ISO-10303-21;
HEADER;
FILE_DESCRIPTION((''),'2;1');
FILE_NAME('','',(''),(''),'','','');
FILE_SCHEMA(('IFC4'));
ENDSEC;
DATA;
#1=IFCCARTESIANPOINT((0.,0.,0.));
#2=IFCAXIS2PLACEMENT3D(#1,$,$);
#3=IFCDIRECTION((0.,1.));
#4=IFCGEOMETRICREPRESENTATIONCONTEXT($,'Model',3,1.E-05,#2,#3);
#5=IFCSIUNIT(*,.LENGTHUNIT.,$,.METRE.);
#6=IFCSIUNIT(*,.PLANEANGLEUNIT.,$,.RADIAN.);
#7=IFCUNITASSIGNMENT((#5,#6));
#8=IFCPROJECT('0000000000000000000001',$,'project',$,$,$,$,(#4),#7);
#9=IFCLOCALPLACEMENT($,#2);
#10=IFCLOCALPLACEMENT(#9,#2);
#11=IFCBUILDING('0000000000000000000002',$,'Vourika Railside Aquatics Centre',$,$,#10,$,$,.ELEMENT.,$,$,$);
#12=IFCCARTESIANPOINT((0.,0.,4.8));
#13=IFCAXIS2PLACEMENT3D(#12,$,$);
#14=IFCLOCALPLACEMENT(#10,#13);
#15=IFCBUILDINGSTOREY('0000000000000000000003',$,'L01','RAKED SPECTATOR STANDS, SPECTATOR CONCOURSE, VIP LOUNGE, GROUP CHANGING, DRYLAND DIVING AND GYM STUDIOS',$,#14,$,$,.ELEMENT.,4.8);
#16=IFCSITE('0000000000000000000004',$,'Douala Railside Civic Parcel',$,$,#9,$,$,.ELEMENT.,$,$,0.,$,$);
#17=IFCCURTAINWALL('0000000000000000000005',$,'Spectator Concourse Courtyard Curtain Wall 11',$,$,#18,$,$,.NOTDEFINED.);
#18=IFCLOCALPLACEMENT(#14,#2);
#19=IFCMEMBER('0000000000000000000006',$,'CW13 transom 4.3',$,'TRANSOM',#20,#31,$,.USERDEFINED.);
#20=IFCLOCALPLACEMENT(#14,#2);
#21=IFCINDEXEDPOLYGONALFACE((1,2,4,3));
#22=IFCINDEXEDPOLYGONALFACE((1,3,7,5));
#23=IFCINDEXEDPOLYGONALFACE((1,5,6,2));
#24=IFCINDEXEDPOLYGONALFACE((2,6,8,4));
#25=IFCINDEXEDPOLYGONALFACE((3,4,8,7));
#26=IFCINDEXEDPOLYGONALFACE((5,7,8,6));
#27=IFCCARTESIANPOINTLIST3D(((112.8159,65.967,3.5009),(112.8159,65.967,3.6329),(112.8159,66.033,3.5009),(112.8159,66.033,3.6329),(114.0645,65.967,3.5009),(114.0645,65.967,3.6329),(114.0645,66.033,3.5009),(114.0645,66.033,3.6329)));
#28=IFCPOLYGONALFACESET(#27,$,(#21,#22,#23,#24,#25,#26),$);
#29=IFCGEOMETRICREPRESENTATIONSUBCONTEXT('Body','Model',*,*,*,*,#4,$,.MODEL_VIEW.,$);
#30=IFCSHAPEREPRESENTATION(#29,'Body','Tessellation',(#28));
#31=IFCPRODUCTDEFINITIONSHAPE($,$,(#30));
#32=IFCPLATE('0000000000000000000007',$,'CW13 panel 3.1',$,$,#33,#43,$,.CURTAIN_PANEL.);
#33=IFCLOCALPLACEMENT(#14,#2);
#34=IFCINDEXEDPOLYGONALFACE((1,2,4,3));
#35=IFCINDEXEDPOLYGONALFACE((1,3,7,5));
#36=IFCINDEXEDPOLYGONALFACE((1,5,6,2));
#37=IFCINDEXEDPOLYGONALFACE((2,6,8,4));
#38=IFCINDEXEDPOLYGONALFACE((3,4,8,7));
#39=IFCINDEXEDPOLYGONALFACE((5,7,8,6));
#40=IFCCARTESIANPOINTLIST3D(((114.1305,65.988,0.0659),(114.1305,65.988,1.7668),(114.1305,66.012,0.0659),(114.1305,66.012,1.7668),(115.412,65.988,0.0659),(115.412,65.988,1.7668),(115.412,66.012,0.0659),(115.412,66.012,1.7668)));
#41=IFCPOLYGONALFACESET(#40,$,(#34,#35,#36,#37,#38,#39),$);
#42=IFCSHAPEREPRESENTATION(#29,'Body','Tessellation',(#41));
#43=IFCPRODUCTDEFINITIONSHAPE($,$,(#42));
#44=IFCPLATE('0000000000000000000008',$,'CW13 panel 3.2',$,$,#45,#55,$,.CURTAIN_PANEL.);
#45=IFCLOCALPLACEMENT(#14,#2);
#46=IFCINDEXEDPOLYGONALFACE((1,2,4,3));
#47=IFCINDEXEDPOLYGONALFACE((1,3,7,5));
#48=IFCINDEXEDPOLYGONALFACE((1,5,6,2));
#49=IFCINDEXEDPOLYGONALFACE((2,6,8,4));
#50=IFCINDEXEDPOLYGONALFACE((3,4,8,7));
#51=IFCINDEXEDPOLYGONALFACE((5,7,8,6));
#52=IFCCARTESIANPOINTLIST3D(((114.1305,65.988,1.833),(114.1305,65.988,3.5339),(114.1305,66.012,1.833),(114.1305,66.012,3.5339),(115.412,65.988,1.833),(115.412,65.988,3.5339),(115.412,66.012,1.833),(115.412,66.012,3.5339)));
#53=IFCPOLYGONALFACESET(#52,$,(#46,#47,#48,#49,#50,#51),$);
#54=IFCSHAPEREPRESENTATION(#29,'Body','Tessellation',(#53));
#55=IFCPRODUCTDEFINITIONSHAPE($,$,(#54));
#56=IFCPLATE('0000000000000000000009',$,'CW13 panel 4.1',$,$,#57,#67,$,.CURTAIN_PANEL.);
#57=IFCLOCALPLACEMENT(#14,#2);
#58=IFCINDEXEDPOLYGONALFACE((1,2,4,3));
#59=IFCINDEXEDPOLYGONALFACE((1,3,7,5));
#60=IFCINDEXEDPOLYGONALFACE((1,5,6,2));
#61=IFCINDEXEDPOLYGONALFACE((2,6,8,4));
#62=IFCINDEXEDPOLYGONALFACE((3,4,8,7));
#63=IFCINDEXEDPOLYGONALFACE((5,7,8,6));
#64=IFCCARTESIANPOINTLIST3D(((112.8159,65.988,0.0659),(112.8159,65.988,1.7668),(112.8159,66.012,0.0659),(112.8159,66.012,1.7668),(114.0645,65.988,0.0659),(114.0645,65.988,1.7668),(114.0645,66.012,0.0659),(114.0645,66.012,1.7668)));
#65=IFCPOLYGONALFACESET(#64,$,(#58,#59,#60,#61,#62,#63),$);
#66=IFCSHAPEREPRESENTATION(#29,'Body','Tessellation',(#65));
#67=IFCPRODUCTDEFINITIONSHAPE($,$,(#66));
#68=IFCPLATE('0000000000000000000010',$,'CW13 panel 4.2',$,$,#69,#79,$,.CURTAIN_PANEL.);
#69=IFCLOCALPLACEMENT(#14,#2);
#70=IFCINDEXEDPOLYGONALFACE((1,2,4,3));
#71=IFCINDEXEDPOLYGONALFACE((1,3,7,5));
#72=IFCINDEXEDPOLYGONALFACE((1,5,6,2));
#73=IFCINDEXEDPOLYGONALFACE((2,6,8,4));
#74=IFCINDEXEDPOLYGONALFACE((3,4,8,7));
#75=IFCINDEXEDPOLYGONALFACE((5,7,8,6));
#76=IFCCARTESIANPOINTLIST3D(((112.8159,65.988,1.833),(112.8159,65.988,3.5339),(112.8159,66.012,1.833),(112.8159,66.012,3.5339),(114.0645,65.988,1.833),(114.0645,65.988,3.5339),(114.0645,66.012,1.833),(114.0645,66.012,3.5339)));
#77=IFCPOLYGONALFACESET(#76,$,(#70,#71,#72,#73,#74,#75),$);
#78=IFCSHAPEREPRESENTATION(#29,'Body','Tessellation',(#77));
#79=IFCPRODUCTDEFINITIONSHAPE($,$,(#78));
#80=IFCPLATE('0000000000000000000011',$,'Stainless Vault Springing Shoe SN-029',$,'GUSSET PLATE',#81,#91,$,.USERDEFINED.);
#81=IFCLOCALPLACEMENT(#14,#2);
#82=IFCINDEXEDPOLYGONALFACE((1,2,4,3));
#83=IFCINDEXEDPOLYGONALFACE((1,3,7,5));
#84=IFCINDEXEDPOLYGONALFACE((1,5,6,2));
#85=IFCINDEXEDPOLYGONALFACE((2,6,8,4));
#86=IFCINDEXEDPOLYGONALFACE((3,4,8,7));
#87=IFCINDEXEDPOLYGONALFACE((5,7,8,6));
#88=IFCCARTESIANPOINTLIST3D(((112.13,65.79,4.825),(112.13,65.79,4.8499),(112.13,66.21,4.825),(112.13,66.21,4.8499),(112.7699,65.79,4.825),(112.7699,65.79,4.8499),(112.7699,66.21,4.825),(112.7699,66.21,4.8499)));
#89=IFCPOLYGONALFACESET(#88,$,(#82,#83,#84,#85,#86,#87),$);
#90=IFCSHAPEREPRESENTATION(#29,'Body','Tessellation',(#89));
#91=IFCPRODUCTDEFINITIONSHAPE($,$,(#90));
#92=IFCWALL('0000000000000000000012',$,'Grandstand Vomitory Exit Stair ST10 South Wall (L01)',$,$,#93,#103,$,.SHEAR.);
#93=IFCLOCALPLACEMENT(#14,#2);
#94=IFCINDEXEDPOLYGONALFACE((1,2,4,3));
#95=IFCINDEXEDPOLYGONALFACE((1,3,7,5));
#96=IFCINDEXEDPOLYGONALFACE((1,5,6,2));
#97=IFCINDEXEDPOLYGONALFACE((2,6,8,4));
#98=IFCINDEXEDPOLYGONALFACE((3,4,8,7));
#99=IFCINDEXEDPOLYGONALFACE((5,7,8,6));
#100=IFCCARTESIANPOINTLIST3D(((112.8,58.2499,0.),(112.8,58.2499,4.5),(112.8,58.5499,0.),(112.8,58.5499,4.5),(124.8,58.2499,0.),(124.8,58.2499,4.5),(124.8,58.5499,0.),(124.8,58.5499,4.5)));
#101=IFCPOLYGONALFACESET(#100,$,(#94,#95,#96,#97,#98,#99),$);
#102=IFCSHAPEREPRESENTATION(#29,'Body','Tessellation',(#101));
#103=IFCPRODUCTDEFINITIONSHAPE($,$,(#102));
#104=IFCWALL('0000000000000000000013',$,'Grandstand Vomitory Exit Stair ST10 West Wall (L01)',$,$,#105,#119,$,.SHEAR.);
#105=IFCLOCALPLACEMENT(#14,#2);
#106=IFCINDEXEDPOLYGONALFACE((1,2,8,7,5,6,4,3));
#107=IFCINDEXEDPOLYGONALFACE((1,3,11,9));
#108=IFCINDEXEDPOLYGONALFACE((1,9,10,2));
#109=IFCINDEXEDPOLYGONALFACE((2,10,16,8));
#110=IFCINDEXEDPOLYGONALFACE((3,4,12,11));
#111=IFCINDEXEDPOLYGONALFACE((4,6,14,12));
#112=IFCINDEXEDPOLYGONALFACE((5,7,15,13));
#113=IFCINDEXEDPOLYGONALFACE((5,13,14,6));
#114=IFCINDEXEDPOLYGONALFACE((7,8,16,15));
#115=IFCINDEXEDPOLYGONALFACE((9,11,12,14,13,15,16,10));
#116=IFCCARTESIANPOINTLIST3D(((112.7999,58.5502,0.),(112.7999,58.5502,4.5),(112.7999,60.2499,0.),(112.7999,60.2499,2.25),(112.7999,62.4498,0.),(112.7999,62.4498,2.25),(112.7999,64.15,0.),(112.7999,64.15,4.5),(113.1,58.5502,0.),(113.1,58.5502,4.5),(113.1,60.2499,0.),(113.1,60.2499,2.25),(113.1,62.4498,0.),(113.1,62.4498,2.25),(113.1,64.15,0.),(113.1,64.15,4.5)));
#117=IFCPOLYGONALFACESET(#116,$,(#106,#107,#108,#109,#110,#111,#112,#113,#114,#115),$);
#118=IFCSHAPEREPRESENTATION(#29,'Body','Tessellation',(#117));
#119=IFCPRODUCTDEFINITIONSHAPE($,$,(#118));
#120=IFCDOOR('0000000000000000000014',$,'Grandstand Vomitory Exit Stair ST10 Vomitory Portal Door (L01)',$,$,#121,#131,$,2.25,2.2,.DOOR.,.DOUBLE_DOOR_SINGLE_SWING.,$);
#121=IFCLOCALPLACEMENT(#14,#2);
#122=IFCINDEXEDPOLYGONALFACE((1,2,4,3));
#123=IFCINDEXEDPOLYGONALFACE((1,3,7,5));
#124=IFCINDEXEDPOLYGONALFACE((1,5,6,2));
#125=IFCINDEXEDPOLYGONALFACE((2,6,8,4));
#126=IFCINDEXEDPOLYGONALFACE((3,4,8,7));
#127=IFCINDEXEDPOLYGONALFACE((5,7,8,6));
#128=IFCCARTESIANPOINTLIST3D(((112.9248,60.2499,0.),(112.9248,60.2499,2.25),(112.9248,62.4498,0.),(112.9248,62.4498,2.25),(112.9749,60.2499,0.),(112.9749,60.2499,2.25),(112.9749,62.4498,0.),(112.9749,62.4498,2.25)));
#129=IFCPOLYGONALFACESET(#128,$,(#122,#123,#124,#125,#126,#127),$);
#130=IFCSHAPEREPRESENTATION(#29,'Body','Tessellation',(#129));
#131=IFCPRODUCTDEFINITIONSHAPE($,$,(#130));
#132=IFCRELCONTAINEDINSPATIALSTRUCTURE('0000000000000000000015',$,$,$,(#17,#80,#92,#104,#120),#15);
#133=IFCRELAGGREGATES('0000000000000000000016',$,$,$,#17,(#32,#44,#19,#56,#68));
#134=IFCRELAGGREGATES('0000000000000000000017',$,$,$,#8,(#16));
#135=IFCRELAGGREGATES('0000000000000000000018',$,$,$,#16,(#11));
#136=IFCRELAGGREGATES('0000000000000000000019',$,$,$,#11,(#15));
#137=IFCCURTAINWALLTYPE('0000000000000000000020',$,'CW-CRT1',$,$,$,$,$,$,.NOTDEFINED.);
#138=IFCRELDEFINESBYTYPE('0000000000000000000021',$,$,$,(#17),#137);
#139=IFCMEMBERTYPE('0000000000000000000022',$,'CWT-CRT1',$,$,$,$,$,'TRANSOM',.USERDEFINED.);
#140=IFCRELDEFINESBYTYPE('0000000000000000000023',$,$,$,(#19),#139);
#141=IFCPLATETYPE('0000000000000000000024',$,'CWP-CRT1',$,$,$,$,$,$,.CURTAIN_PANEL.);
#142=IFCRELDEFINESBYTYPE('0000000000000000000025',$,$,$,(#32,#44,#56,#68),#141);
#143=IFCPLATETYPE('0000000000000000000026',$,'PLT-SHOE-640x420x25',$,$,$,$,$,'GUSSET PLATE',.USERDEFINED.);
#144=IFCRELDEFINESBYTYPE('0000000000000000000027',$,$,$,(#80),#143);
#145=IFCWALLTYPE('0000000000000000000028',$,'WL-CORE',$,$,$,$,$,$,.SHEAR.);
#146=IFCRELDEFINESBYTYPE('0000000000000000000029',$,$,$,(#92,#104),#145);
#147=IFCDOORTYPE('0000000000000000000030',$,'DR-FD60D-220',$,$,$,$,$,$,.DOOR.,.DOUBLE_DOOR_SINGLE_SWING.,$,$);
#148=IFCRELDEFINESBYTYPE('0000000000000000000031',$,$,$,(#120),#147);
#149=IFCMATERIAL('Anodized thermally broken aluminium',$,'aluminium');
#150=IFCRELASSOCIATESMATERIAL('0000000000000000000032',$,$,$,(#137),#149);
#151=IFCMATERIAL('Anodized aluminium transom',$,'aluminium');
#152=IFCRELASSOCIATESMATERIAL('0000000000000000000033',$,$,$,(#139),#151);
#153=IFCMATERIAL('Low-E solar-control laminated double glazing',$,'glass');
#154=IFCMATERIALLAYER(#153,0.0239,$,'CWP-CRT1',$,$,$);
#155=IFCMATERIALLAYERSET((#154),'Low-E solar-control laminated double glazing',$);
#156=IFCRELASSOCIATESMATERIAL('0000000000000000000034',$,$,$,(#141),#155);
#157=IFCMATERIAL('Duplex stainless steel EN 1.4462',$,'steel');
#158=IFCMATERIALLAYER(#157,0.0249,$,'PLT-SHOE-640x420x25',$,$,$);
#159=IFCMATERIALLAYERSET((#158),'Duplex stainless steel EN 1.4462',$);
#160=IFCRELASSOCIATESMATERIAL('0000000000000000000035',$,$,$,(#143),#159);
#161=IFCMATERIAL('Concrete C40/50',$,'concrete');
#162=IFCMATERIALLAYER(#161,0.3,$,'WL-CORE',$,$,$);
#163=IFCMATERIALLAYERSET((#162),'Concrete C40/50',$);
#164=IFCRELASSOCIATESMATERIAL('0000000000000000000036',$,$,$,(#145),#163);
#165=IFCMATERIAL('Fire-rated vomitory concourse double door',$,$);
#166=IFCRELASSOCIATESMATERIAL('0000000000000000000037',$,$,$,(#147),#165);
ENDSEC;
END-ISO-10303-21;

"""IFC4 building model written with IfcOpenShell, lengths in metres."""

from ifc_helpers import new_model, si_unit, direction, frame, frame_2d, origin, origin_2d, place, context, subcontext, project, spatial, rectangle, extrude, material, layer, layer_set, material_profile, profile_set, type_object, element, fill, aggregate, save


model = new_model("IFC4")

# Units and contexts
model_context = context("Model", 3, precision=1e-05, world=origin(), true_north=direction((0.0, 1.0)))
body_context = subcontext(model_context, "Body", "Model", "MODEL_VIEW")
ifc_project = project(units=[si_unit("LENGTHUNIT", "METRE"), si_unit("PLANEANGLEUNIT", "RADIAN")], contexts=[model_context])

# Site, building, storey
site_placement = place(None, origin())
site = spatial("IfcSite", under=ifc_project, at=site_placement, Name="Douala Railside Civic Parcel", CompositionType="ELEMENT", RefElevation=0.0)
building_placement = place(site_placement, origin())
building = spatial("IfcBuilding", under=site, at=building_placement, Name="Vourika Railside Aquatics Centre", CompositionType="ELEMENT")
storey_placement = place(building_placement, frame((0.0, 0.0, 4.8)))
storey = spatial("IfcBuildingStorey", under=building, at=storey_placement, Name="L01", Description="RAKED SPECTATOR STANDS, SPECTATOR CONCOURSE, VIP LOUNGE, GROUP CHANGING, DRYLAND DIVING AND GYM STUDIOS", CompositionType="ELEMENT", Elevation=4.8)

# Shared definitions
ifc_material_1 = material(Name="Concrete C40/50", Category="concrete")

# Curtain wall, member, plates
ifc_material_2 = material(Name="Anodized thermally broken aluminium", Category="aluminium")
curtain_wall_type = type_object("IfcCurtainWallType", Name="CW-CRT1", PredefinedType="NOTDEFINED", material=ifc_material_2)
curtain_wall_placement = place(storey_placement, origin())
curtain_wall = element("IfcCurtainWall", 1, at=curtain_wall_placement, inside=storey, type_object=curtain_wall_type, Name="Spectator Concourse Courtyard Curtain Wall 11", PredefinedType="NOTDEFINED")
ifc_material_3 = material(Name="Anodized aluminium transom", Category="aluminium")
ifc_material_profile_1 = material_profile(ifc_material_3, rectangle(XDim=0.0659, YDim=0.1321, at=origin_2d()), Name="ALU-T 66x132")
ifc_profile_set_1 = profile_set([ifc_material_profile_1], Name="Anodized aluminium transom")
member_type_1 = type_object("IfcMemberType", Name="CWT-CRT1", ElementType="TRANSOM", PredefinedType="USERDEFINED", material=ifc_profile_set_1)
member_1_placement = place(storey_placement, frame((114.0645, 66.0, 3.5669), z_axis=(-1.0, 0.0, 0.0), x_axis=(0.0, -1.0, 0.0)))
member_1 = element("IfcMember", 2, at=member_1_placement, type_object=member_type_1, Name="CW13 transom 4.3", ObjectType="TRANSOM", PredefinedType="USERDEFINED", context=body_context, shape_type="SweptSolid", body=[
    extrude(rectangle(XDim=0.0659, YDim=0.1321, at=origin_2d()), origin(), (0.0, 0.0, 1.0), 1.2485),
])
ifc_material_4 = material(Name="Low-E solar-control laminated double glazing", Category="glass")
ifc_layer_1 = layer(ifc_material_4, 0.0239, Name="CWP-CRT1")
ifc_layer_set_1 = layer_set([ifc_layer_1], Name="Low-E solar-control laminated double glazing")
plate_type_1 = type_object("IfcPlateType", Name="CWP-CRT1", PredefinedType="CURTAIN_PANEL", material=ifc_layer_set_1)
plate_1_placement = place(storey_placement, frame((114.7712, 66.0, 0.0659), z_axis=(0.0, 0.0, 1.0), x_axis=(-1.0, 0.0, 0.0)))
plate_1 = element("IfcPlate", 3, at=plate_1_placement, type_object=plate_type_1, Name="CW13 panel 3.1", PredefinedType="CURTAIN_PANEL", context=body_context, shape_type="SweptSolid", body=[
    extrude(rectangle(XDim=1.2815, YDim=0.0239, at=origin_2d()), origin(), (0.0, 0.0, 1.0), 1.7009),
])
plate_2_placement = place(storey_placement, frame((114.7712, 66.0, 1.833), z_axis=(0.0, 0.0, 1.0), x_axis=(-1.0, 0.0, 0.0)))
plate_2 = element("IfcPlate", 4, at=plate_2_placement, type_object=plate_type_1, Name="CW13 panel 3.2", PredefinedType="CURTAIN_PANEL", context=body_context, shape_type="SweptSolid", body=[
    extrude(rectangle(XDim=1.2815, YDim=0.0239, at=origin_2d()), origin(), (0.0, 0.0, 1.0), 1.7009),
])
plate_3_placement = place(storey_placement, frame((113.4402, 66.0, 0.0659), z_axis=(0.0, 0.0, 1.0), x_axis=(-1.0, 0.0, 0.0)))
plate_3 = element("IfcPlate", 5, at=plate_3_placement, type_object=plate_type_1, Name="CW13 panel 4.1", PredefinedType="CURTAIN_PANEL", context=body_context, shape_type="SweptSolid", body=[
    extrude(rectangle(XDim=1.2485, YDim=0.0239, at=origin_2d()), origin(), (0.0, 0.0, 1.0), 1.7009),
])
plate_4_placement = place(storey_placement, frame((113.4402, 66.0, 1.833), z_axis=(0.0, 0.0, 1.0), x_axis=(-1.0, 0.0, 0.0)))
plate_4 = element("IfcPlate", 6, at=plate_4_placement, type_object=plate_type_1, Name="CW13 panel 4.2", PredefinedType="CURTAIN_PANEL", context=body_context, shape_type="SweptSolid", body=[
    extrude(rectangle(XDim=1.2485, YDim=0.0239, at=origin_2d()), origin(), (0.0, 0.0, 1.0), 1.7009),
])
aggregate(curtain_wall, [plate_1, plate_2, member_1, plate_3, plate_4])

# Plate
ifc_material_5 = material(Name="Duplex stainless steel EN 1.4462", Category="steel")
ifc_layer_2 = layer(ifc_material_5, 0.0249, Name="PLT-SHOE-640x420x25")
ifc_layer_set_2 = layer_set([ifc_layer_2], Name="Duplex stainless steel EN 1.4462")
plate_type_2 = type_object("IfcPlateType", Name="PLT-SHOE-640x420x25", ElementType="GUSSET PLATE", PredefinedType="USERDEFINED", material=ifc_layer_set_2)
plate_5_placement = place(storey_placement, frame((112.45, 66.0, 4.825), z_axis=(0.0, 0.0, 1.0), x_axis=(1.0, 0.0, 0.0)))
element("IfcPlate", 7, at=plate_5_placement, inside=storey, type_object=plate_type_2, Name="Stainless Vault Springing Shoe SN-029", ObjectType="GUSSET PLATE", PredefinedType="USERDEFINED", context=body_context, shape_type="SweptSolid", body=[
    extrude(rectangle(XDim=0.6399, YDim=0.4199, at=origin_2d()), origin(), (0.0, 0.0, 1.0), 0.0249),
])

# Wall
ifc_layer_3 = layer(ifc_material_1, 0.3, Name="WL-CORE")
ifc_layer_set_3 = layer_set([ifc_layer_3], Name="Concrete C40/50")
wall_type = type_object("IfcWallType", Name="WL-CORE", PredefinedType="SHEAR", material=ifc_layer_set_3)
wall_1_placement = place(storey_placement, frame((112.8, 58.3999, 0.0), z_axis=(0.0, 0.0, 1.0), x_axis=(1.0, 0.0, 0.0)))
element("IfcWall", 8, at=wall_1_placement, inside=storey, type_object=wall_type, Name="Grandstand Vomitory Exit Stair ST10 South Wall (L01)", PredefinedType="SHEAR", context=body_context, shape_type="SweptSolid", body=[
    extrude(rectangle(XDim=12.0, YDim=0.3, at=frame_2d((6.0, 0.0))), origin(), (0.0, 0.0, 1.0), 4.5),
])

# Wall, opening, door
wall_2_placement = place(storey_placement, frame((112.95, 64.1499, 0.0), z_axis=(0.0, 0.0, 1.0), x_axis=(0.0, -1.0, 0.0)))
wall_2 = element("IfcWall", 9, at=wall_2_placement, inside=storey, type_object=wall_type, Name="Grandstand Vomitory Exit Stair ST10 West Wall (L01)", PredefinedType="SHEAR", context=body_context, shape_type="SweptSolid", body=[
    extrude(rectangle(XDim=5.5999, YDim=0.3, at=frame_2d((2.7998, 0.0))), origin(), (0.0, 0.0, 1.0), 4.5),
])
opening_placement = place(wall_2_placement, frame((1.7, 0.0, 0.0)))
opening = element("IfcOpeningElement", 10, at=opening_placement, cuts=wall_2, PredefinedType="OPENING", context=body_context, shape_type="SweptSolid", body=[
    extrude(rectangle(XDim=2.2, YDim=2.25, at=frame_2d((1.1001, 1.125))), frame((0.0, 0.1602, 0.0), z_axis=(0.0, -1.0, 0.0), x_axis=(1.0, 0.0, 0.0)), (0.0, 0.0, 1.0), 0.3201),
])
ifc_material_6 = material(Name="Fire-rated vomitory concourse double door")
door_type = type_object("IfcDoorType", Name="DR-FD60D-220", OperationType="DOUBLE_DOOR_SINGLE_SWING", PredefinedType="DOOR", material=ifc_material_6)
door_placement = place(opening_placement, origin())
door = element("IfcDoor", 11, at=door_placement, inside=storey, type_object=door_type, Name="Grandstand Vomitory Exit Stair ST10 Vomitory Portal Door (L01)", OperationType="DOUBLE_DOOR_SINGLE_SWING", OverallHeight=2.25, OverallWidth=2.2, PredefinedType="DOOR", context=body_context, shape_type="SweptSolid", body=[
    extrude(rectangle(XDim=2.2, YDim=2.25, at=frame_2d((1.1001, 1.125))), frame((0.0, 0.0249, 0.0), z_axis=(0.0, -1.0, 0.0), x_axis=(1.0, 0.0, 0.0)), (0.0, 0.0, 1.0), 0.05),
])
fill(opening, door)

save(model, "model.ifc")
